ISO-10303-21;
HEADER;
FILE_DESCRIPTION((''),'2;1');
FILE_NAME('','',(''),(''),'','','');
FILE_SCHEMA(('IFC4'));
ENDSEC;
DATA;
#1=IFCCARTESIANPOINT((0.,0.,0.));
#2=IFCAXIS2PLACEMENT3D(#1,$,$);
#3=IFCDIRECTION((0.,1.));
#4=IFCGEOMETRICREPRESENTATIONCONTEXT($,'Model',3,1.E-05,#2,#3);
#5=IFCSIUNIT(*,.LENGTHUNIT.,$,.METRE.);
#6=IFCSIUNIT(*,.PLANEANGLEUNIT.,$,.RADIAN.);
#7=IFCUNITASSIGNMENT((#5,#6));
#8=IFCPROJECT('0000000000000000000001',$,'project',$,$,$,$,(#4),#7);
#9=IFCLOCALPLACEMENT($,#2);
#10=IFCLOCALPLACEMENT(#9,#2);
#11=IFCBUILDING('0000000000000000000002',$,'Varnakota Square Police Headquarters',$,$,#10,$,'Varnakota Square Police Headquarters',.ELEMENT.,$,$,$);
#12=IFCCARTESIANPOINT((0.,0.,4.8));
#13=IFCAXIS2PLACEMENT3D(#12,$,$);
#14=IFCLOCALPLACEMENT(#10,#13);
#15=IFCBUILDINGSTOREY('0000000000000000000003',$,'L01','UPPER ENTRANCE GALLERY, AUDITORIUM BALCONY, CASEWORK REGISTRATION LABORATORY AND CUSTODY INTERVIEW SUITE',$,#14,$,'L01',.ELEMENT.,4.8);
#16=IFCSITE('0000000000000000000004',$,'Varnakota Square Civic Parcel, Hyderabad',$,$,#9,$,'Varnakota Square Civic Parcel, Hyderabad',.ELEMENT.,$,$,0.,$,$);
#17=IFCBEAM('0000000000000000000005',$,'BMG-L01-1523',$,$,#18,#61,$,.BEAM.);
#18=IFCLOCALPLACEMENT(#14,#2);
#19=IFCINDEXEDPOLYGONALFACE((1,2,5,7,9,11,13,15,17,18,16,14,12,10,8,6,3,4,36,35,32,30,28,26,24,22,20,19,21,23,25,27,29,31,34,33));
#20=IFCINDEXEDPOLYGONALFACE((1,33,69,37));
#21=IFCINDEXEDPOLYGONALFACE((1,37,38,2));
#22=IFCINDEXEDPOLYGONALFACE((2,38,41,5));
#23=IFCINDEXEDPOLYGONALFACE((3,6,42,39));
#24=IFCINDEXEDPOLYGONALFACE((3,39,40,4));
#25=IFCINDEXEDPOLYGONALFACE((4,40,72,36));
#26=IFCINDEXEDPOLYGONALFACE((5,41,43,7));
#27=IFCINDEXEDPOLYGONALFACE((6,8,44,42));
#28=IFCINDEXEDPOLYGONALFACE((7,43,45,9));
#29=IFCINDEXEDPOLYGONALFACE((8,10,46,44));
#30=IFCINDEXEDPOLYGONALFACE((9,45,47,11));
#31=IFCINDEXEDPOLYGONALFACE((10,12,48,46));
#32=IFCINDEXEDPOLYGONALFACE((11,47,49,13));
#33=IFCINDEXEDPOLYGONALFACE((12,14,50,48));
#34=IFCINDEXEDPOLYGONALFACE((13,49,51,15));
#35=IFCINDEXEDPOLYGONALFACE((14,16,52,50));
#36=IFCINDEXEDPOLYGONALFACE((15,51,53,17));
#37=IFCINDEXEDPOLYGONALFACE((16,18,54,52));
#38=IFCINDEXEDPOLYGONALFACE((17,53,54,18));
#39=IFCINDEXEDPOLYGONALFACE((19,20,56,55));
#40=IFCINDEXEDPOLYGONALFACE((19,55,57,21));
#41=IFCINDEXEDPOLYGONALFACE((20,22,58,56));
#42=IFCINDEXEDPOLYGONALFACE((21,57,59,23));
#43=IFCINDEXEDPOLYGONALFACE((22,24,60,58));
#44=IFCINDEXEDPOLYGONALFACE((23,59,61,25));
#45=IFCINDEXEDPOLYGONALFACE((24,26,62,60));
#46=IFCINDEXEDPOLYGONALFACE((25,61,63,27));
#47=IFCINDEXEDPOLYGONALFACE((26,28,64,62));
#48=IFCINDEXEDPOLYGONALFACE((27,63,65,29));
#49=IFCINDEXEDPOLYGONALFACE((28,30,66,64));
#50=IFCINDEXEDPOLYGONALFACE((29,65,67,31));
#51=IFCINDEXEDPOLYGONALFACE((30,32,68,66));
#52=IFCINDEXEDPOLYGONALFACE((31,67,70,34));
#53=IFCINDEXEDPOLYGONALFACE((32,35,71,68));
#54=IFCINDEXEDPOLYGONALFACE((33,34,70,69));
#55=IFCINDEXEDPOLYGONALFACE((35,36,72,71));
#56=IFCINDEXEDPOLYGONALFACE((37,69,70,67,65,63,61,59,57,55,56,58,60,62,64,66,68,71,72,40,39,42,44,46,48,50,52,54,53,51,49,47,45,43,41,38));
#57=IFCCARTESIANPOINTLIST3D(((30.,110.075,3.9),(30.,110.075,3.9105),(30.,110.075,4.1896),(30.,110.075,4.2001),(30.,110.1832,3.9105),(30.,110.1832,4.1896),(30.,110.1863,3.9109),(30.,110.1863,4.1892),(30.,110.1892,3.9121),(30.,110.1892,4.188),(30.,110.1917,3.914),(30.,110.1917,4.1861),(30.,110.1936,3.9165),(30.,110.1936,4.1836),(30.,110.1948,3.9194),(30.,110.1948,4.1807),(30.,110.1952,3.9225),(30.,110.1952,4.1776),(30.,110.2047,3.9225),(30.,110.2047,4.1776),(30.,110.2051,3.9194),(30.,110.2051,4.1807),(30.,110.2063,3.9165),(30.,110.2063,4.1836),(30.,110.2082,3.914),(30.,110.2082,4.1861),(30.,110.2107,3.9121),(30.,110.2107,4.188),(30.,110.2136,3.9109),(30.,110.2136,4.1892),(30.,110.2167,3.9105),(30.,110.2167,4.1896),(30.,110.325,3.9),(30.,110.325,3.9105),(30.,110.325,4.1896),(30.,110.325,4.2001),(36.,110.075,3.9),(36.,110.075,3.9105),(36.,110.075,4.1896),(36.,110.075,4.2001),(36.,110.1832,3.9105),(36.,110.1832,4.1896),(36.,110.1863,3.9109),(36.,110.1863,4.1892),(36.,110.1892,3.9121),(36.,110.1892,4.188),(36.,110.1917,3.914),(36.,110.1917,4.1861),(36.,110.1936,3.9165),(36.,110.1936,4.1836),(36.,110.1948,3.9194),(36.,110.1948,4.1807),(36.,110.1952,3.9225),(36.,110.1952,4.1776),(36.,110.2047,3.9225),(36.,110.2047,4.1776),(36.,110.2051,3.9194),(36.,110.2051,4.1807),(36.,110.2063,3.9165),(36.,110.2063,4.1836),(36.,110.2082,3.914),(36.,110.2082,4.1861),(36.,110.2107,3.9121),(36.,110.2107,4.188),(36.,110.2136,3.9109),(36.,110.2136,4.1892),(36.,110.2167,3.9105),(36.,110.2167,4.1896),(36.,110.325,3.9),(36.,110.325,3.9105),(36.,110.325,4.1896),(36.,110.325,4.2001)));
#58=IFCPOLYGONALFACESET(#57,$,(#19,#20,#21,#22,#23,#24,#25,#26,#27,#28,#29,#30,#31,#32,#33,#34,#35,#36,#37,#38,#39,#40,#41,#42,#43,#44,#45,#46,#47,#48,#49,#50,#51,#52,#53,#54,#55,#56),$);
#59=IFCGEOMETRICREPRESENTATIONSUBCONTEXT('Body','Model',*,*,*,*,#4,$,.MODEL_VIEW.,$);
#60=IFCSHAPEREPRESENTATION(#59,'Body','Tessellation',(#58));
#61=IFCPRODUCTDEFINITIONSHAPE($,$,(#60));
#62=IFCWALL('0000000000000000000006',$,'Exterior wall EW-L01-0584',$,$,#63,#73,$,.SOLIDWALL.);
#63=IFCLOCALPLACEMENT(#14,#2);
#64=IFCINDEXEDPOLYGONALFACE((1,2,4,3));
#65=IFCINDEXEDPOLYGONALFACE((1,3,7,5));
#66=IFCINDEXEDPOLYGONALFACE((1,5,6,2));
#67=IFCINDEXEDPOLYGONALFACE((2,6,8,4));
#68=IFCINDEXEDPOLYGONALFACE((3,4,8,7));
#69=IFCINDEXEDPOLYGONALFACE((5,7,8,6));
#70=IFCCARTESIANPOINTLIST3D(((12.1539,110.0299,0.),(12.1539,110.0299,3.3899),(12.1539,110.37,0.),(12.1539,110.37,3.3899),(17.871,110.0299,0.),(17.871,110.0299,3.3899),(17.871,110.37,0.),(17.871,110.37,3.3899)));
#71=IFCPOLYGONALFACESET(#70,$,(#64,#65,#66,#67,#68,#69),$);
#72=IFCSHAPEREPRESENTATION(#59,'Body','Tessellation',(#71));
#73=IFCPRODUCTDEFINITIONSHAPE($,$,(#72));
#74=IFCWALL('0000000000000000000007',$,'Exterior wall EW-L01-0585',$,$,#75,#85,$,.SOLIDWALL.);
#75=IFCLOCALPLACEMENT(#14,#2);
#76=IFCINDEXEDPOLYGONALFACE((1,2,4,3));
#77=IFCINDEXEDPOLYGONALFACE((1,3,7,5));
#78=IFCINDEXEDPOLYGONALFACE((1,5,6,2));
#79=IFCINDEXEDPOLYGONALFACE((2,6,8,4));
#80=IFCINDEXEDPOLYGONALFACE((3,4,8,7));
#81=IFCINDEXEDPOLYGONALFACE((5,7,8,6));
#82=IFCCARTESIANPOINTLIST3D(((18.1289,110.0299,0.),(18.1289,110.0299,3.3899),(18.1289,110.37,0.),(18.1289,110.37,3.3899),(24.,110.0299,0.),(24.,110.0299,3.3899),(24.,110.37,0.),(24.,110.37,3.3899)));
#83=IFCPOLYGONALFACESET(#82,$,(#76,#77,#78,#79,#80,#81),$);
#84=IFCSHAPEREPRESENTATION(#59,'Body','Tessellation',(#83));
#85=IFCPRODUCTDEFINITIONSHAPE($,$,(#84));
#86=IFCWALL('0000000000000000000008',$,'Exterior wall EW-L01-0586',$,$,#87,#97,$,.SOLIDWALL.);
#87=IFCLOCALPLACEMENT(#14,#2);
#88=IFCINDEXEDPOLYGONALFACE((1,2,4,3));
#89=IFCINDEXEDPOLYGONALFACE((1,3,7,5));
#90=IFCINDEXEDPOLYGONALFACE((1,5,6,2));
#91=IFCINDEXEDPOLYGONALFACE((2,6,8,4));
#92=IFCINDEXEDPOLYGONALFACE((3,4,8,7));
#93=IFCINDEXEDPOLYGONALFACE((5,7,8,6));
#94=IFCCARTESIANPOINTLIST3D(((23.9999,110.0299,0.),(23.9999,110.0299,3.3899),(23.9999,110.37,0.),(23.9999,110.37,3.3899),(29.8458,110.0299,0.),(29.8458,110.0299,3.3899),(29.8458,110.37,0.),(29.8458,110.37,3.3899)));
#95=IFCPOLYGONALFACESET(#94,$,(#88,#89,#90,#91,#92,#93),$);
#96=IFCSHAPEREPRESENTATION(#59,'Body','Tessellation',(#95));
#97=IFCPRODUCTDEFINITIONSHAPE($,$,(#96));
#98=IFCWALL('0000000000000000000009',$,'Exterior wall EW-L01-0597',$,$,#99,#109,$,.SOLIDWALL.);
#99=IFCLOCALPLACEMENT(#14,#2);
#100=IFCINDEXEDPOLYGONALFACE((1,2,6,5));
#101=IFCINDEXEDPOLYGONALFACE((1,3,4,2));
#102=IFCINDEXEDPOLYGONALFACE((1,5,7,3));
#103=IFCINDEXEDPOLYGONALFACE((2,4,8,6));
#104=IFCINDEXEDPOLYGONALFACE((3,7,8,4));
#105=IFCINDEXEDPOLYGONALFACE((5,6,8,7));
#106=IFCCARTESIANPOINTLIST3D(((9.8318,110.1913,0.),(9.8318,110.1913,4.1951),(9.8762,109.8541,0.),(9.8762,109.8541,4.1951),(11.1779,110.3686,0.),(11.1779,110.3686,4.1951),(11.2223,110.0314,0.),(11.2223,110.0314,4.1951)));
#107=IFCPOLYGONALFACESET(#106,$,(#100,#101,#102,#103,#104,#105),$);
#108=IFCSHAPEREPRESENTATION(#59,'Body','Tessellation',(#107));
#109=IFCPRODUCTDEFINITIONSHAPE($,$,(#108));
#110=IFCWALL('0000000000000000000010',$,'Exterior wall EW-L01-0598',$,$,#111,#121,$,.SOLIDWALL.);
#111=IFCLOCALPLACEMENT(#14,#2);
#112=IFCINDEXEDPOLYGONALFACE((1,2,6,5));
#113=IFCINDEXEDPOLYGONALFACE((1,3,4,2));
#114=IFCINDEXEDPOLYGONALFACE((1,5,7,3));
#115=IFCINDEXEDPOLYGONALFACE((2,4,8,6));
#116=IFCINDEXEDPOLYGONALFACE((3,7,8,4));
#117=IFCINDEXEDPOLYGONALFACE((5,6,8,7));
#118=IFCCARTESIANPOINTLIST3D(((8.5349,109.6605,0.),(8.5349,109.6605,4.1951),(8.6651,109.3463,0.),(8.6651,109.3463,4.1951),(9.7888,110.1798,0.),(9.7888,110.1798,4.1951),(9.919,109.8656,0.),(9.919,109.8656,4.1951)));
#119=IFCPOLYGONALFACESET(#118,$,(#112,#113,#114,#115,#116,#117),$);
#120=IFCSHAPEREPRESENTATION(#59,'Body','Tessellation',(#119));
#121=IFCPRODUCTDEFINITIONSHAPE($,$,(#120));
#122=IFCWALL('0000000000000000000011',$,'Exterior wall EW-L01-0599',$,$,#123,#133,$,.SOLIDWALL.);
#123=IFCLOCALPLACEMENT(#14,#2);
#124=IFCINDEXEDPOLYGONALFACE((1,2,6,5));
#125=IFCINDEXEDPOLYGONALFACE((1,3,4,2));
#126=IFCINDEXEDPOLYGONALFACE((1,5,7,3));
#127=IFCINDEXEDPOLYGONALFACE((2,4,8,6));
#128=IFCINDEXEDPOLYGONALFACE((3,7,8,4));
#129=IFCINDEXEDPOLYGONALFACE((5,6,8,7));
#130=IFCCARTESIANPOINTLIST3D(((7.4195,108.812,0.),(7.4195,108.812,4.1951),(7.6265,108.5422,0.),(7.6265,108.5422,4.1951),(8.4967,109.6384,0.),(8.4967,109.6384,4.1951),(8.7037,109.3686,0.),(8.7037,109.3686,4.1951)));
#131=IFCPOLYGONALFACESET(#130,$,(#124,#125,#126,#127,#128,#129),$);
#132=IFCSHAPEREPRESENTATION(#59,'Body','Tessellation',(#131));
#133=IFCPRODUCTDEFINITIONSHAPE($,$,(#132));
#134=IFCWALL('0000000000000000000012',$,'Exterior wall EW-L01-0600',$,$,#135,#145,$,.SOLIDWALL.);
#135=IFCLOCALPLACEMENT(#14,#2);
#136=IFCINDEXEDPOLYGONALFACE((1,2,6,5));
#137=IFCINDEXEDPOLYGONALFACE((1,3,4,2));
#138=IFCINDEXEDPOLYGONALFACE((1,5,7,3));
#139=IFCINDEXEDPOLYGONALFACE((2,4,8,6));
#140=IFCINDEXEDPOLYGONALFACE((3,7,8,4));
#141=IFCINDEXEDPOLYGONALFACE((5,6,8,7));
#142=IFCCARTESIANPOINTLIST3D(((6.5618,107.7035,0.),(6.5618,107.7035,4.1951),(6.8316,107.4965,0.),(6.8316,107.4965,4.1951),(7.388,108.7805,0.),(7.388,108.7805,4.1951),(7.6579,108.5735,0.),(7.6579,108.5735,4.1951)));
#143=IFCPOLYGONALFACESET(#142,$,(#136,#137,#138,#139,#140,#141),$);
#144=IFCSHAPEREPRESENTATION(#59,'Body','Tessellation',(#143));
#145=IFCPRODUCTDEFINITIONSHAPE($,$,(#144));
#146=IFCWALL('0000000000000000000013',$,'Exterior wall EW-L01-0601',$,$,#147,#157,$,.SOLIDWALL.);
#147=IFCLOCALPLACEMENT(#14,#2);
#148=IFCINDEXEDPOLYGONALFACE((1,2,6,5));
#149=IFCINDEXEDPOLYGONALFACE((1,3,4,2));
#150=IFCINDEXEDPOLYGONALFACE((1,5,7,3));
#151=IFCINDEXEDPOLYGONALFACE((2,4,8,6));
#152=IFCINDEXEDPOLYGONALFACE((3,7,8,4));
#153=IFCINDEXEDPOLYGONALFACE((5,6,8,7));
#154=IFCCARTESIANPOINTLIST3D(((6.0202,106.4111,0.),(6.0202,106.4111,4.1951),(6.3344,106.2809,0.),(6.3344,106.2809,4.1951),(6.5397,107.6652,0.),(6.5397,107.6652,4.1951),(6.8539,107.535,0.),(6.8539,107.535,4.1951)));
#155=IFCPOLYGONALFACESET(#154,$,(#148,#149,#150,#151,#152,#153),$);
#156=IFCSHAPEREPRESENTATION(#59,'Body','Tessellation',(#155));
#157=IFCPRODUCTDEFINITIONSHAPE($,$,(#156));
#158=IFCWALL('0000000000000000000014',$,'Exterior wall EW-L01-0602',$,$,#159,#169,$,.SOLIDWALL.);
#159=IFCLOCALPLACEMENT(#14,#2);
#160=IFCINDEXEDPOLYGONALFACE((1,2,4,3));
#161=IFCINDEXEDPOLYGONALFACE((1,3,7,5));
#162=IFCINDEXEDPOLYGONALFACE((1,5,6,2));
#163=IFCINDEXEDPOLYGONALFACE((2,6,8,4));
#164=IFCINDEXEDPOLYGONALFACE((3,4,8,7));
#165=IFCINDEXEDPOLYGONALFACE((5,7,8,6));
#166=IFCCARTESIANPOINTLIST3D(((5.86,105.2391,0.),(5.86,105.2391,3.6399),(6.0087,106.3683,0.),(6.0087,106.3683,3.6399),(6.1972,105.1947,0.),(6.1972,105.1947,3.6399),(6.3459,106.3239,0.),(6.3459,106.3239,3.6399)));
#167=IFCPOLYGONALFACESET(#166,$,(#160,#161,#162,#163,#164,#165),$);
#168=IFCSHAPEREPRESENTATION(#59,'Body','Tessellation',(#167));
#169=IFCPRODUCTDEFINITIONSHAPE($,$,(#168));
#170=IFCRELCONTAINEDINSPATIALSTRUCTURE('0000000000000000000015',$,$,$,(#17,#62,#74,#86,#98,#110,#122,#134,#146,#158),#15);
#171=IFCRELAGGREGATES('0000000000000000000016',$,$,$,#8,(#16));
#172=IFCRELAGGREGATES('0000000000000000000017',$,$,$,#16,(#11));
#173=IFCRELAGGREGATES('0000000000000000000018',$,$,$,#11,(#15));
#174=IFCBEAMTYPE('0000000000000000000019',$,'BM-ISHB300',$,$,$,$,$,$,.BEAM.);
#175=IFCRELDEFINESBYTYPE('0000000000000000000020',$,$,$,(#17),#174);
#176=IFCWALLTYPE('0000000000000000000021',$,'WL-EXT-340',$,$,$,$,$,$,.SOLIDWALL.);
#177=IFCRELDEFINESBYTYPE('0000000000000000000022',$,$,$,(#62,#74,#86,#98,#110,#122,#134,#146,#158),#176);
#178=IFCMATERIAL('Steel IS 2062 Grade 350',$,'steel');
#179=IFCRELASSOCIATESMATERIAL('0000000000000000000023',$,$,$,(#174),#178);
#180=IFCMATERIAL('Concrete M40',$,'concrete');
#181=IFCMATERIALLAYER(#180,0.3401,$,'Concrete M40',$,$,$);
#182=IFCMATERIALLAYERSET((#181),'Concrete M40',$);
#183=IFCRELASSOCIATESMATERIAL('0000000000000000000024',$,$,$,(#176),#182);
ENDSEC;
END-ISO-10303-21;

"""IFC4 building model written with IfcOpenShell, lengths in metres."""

from ifc_helpers import new_model, si_unit, direction, frame, frame_2d, origin, origin_2d, place, context, subcontext, project, spatial, rectangle, i_section, extrude, material, layer, layer_set, material_profile, profile_set, type_object, element, save


model = new_model("IFC4")

# Units and contexts
model_context = context("Model", 3, precision=1e-05, world=origin(), true_north=direction((0.0, 1.0)))
body_context = subcontext(model_context, "Body", "Model", "MODEL_VIEW")
ifc_project = project(units=[si_unit("LENGTHUNIT", "METRE"), si_unit("PLANEANGLEUNIT", "RADIAN")], contexts=[model_context])

# Site, building, storey
site_placement = place(None, origin())
site = spatial("IfcSite", under=ifc_project, at=site_placement, Name="Varnakota Square Civic Parcel, Hyderabad", LongName="Varnakota Square Civic Parcel, Hyderabad", CompositionType="ELEMENT", RefElevation=0.0)
building_placement = place(site_placement, origin())
building = spatial("IfcBuilding", under=site, at=building_placement, Name="Varnakota Square Police Headquarters", LongName="Varnakota Square Police Headquarters", CompositionType="ELEMENT")
storey_placement = place(building_placement, frame((0.0, 0.0, 4.8)))
storey = spatial("IfcBuildingStorey", under=building, at=storey_placement, Name="L01", Description="UPPER ENTRANCE GALLERY, AUDITORIUM BALCONY, CASEWORK REGISTRATION LABORATORY AND CUSTODY INTERVIEW SUITE", LongName="L01", CompositionType="ELEMENT", Elevation=4.8)

# Shared definitions
ifc_material_1 = material(Name="Steel IS 2062 Grade 350", Category="steel")

# Beam
ifc_material_profile_1 = material_profile(ifc_material_1, i_section(OverallWidth=0.25, OverallDepth=0.3, WebThickness=0.0095, FlangeThickness=0.0105, FilletRadius=0.012, at=origin_2d()), Name="ISHB 300")
ifc_profile_set_1 = profile_set([ifc_material_profile_1], Name="Steel IS 2062 Grade 350")
beam_type_1 = type_object("IfcBeamType", Name="BM-ISHB300", PredefinedType="BEAM", material=ifc_profile_set_1)
for number, where, z_axis, x_axis, name in (
    (1, (30.0, 110.2, 4.05), (1.0, 0.0, 0.0), (0.0, 1.0, 0.0), "BMG-L01-1523"),
):
    element("IfcBeam", number, at=place(storey_placement, frame(where, z_axis=z_axis, x_axis=x_axis)), inside=storey, type_object=beam_type_1, Name=name, PredefinedType="BEAM", context=body_context, shape_type="SweptSolid", body=[
        extrude(i_section(OverallWidth=0.25, OverallDepth=0.3, WebThickness=0.0095, FlangeThickness=0.0105, FilletRadius=0.012, at=origin_2d()), origin(), (0.0, 0.0, 1.0), 6.0),
    ])

# Walls
ifc_material_2 = material(Name="Concrete M40", Category="concrete")
ifc_layer = layer(ifc_material_2, 0.3401, Name="Concrete M40")
ifc_layer_set = layer_set([ifc_layer], Name="Concrete M40")
wall_type = type_object("IfcWallType", Name="WL-EXT-340", PredefinedType="SOLIDWALL", material=ifc_layer_set)
wall_1_placement = place(storey_placement, frame((12.1541, 110.2, 0.0), z_axis=(0.0, 0.0, 1.0), x_axis=(1.0, 0.0, 0.0)))
element("IfcWall", 2, at=wall_1_placement, inside=storey, type_object=wall_type, Name="Exterior wall EW-L01-0584", PredefinedType="SOLIDWALL", context=body_context, shape_type="SweptSolid", body=[
    extrude(rectangle(XDim=5.717, YDim=0.3401, at=frame_2d((2.8584, 0.0))), origin(), (0.0, 0.0, 1.0), 3.3899),
])
wall_2_placement = place(storey_placement, frame((18.1289, 110.2, 0.0), z_axis=(0.0, 0.0, 1.0), x_axis=(1.0, 0.0, 0.0)))
element("IfcWall", 3, at=wall_2_placement, inside=storey, type_object=wall_type, Name="Exterior wall EW-L01-0585", PredefinedType="SOLIDWALL", context=body_context, shape_type="SweptSolid", body=[
    extrude(rectangle(XDim=5.8711, YDim=0.3401, at=frame_2d((2.9355, 0.0))), origin(), (0.0, 0.0, 1.0), 3.3899),
])
wall_3_placement = place(storey_placement, frame((24.0, 110.2, 0.0), z_axis=(0.0, 0.0, 1.0), x_axis=(1.0, 0.0, 0.0)))
element("IfcWall", 4, at=wall_3_placement, inside=storey, type_object=wall_type, Name="Exterior wall EW-L01-0586", PredefinedType="SOLIDWALL", context=body_context, shape_type="SweptSolid", body=[
    extrude(rectangle(XDim=5.8459, YDim=0.3401, at=frame_2d((2.9229, 0.0))), origin(), (0.0, 0.0, 1.0), 3.3899),
])
wall_4_placement = place(storey_placement, frame((11.2, 110.2, 0.0), z_axis=(0.0, 0.0, 1.0), x_axis=(-0.99144, -0.130562, 0.0)))
element("IfcWall", 5, at=wall_4_placement, inside=storey, type_object=wall_type, Name="Exterior wall EW-L01-0597", PredefinedType="SOLIDWALL", context=body_context, shape_type="SweptSolid", body=[
    extrude(rectangle(XDim=1.3577, YDim=0.3401, at=frame_2d((0.6787, 0.0))), origin(), (0.0, 0.0, 1.0), 4.1951),
])
wall_5_placement = place(storey_placement, frame((9.854, 110.0227, 0.0), z_axis=(0.0, 0.0, 1.0), x_axis=(-0.923905, -0.382622, 0.0)))
element("IfcWall", 6, at=wall_5_placement, inside=storey, type_object=wall_type, Name="Exterior wall EW-L01-0598", PredefinedType="SOLIDWALL", context=body_context, shape_type="SweptSolid", body=[
    extrude(rectangle(XDim=1.3572, YDim=0.3401, at=frame_2d((0.6787, 0.0))), origin(), (0.0, 0.0, 1.0), 4.1951),
])
wall_6_placement = place(storey_placement, frame((8.6001, 109.5034, 0.0), z_axis=(0.0, 0.0, 1.0), x_axis=(-0.793392, -0.608711, 0.0)))
element("IfcWall", 7, at=wall_6_placement, inside=storey, type_object=wall_type, Name="Exterior wall EW-L01-0599", PredefinedType="SOLIDWALL", context=body_context, shape_type="SweptSolid", body=[
    extrude(rectangle(XDim=1.3577, YDim=0.3401, at=frame_2d((0.6787, 0.0))), origin(), (0.0, 0.0, 1.0), 4.1951),
])
for number, where, z_axis, x_axis, name in (
    (8, (7.5229, 108.677, 0.0), (0.0, 0.0, 1.0), (-0.608685, -0.793412, 0.0), "Exterior wall EW-L01-0600"),
    (9, (6.6968, 107.6001, 0.0), (0.0, 0.0, 1.0), (-0.382712, -0.923868, 0.0), "Exterior wall EW-L01-0601"),
):
    element("IfcWall", number, at=place(storey_placement, frame(where, z_axis=z_axis, x_axis=x_axis)), inside=storey, type_object=wall_type, Name=name, PredefinedType="SOLIDWALL", context=body_context, shape_type="SweptSolid", body=[
        extrude(rectangle(XDim=1.3574, YDim=0.3401, at=frame_2d((0.6787, 0.0))), origin(), (0.0, 0.0, 1.0), 4.1951),
    ])
wall_7_placement = place(storey_placement, frame((6.1772, 106.3459, 0.0), z_axis=(0.0, 0.0, 1.0), x_axis=(-0.130549, -0.991442, 0.0)))
element("IfcWall", 10, at=wall_7_placement, inside=storey, type_object=wall_type, Name="Exterior wall EW-L01-0602", PredefinedType="SOLIDWALL", context=body_context, shape_type="SweptSolid", body=[
    extrude(rectangle(XDim=1.1389, YDim=0.3401, at=frame_2d((0.5693, 0.0))), origin(), (0.0, 0.0, 1.0), 3.6399),
])

save(model, "model.ifc")
